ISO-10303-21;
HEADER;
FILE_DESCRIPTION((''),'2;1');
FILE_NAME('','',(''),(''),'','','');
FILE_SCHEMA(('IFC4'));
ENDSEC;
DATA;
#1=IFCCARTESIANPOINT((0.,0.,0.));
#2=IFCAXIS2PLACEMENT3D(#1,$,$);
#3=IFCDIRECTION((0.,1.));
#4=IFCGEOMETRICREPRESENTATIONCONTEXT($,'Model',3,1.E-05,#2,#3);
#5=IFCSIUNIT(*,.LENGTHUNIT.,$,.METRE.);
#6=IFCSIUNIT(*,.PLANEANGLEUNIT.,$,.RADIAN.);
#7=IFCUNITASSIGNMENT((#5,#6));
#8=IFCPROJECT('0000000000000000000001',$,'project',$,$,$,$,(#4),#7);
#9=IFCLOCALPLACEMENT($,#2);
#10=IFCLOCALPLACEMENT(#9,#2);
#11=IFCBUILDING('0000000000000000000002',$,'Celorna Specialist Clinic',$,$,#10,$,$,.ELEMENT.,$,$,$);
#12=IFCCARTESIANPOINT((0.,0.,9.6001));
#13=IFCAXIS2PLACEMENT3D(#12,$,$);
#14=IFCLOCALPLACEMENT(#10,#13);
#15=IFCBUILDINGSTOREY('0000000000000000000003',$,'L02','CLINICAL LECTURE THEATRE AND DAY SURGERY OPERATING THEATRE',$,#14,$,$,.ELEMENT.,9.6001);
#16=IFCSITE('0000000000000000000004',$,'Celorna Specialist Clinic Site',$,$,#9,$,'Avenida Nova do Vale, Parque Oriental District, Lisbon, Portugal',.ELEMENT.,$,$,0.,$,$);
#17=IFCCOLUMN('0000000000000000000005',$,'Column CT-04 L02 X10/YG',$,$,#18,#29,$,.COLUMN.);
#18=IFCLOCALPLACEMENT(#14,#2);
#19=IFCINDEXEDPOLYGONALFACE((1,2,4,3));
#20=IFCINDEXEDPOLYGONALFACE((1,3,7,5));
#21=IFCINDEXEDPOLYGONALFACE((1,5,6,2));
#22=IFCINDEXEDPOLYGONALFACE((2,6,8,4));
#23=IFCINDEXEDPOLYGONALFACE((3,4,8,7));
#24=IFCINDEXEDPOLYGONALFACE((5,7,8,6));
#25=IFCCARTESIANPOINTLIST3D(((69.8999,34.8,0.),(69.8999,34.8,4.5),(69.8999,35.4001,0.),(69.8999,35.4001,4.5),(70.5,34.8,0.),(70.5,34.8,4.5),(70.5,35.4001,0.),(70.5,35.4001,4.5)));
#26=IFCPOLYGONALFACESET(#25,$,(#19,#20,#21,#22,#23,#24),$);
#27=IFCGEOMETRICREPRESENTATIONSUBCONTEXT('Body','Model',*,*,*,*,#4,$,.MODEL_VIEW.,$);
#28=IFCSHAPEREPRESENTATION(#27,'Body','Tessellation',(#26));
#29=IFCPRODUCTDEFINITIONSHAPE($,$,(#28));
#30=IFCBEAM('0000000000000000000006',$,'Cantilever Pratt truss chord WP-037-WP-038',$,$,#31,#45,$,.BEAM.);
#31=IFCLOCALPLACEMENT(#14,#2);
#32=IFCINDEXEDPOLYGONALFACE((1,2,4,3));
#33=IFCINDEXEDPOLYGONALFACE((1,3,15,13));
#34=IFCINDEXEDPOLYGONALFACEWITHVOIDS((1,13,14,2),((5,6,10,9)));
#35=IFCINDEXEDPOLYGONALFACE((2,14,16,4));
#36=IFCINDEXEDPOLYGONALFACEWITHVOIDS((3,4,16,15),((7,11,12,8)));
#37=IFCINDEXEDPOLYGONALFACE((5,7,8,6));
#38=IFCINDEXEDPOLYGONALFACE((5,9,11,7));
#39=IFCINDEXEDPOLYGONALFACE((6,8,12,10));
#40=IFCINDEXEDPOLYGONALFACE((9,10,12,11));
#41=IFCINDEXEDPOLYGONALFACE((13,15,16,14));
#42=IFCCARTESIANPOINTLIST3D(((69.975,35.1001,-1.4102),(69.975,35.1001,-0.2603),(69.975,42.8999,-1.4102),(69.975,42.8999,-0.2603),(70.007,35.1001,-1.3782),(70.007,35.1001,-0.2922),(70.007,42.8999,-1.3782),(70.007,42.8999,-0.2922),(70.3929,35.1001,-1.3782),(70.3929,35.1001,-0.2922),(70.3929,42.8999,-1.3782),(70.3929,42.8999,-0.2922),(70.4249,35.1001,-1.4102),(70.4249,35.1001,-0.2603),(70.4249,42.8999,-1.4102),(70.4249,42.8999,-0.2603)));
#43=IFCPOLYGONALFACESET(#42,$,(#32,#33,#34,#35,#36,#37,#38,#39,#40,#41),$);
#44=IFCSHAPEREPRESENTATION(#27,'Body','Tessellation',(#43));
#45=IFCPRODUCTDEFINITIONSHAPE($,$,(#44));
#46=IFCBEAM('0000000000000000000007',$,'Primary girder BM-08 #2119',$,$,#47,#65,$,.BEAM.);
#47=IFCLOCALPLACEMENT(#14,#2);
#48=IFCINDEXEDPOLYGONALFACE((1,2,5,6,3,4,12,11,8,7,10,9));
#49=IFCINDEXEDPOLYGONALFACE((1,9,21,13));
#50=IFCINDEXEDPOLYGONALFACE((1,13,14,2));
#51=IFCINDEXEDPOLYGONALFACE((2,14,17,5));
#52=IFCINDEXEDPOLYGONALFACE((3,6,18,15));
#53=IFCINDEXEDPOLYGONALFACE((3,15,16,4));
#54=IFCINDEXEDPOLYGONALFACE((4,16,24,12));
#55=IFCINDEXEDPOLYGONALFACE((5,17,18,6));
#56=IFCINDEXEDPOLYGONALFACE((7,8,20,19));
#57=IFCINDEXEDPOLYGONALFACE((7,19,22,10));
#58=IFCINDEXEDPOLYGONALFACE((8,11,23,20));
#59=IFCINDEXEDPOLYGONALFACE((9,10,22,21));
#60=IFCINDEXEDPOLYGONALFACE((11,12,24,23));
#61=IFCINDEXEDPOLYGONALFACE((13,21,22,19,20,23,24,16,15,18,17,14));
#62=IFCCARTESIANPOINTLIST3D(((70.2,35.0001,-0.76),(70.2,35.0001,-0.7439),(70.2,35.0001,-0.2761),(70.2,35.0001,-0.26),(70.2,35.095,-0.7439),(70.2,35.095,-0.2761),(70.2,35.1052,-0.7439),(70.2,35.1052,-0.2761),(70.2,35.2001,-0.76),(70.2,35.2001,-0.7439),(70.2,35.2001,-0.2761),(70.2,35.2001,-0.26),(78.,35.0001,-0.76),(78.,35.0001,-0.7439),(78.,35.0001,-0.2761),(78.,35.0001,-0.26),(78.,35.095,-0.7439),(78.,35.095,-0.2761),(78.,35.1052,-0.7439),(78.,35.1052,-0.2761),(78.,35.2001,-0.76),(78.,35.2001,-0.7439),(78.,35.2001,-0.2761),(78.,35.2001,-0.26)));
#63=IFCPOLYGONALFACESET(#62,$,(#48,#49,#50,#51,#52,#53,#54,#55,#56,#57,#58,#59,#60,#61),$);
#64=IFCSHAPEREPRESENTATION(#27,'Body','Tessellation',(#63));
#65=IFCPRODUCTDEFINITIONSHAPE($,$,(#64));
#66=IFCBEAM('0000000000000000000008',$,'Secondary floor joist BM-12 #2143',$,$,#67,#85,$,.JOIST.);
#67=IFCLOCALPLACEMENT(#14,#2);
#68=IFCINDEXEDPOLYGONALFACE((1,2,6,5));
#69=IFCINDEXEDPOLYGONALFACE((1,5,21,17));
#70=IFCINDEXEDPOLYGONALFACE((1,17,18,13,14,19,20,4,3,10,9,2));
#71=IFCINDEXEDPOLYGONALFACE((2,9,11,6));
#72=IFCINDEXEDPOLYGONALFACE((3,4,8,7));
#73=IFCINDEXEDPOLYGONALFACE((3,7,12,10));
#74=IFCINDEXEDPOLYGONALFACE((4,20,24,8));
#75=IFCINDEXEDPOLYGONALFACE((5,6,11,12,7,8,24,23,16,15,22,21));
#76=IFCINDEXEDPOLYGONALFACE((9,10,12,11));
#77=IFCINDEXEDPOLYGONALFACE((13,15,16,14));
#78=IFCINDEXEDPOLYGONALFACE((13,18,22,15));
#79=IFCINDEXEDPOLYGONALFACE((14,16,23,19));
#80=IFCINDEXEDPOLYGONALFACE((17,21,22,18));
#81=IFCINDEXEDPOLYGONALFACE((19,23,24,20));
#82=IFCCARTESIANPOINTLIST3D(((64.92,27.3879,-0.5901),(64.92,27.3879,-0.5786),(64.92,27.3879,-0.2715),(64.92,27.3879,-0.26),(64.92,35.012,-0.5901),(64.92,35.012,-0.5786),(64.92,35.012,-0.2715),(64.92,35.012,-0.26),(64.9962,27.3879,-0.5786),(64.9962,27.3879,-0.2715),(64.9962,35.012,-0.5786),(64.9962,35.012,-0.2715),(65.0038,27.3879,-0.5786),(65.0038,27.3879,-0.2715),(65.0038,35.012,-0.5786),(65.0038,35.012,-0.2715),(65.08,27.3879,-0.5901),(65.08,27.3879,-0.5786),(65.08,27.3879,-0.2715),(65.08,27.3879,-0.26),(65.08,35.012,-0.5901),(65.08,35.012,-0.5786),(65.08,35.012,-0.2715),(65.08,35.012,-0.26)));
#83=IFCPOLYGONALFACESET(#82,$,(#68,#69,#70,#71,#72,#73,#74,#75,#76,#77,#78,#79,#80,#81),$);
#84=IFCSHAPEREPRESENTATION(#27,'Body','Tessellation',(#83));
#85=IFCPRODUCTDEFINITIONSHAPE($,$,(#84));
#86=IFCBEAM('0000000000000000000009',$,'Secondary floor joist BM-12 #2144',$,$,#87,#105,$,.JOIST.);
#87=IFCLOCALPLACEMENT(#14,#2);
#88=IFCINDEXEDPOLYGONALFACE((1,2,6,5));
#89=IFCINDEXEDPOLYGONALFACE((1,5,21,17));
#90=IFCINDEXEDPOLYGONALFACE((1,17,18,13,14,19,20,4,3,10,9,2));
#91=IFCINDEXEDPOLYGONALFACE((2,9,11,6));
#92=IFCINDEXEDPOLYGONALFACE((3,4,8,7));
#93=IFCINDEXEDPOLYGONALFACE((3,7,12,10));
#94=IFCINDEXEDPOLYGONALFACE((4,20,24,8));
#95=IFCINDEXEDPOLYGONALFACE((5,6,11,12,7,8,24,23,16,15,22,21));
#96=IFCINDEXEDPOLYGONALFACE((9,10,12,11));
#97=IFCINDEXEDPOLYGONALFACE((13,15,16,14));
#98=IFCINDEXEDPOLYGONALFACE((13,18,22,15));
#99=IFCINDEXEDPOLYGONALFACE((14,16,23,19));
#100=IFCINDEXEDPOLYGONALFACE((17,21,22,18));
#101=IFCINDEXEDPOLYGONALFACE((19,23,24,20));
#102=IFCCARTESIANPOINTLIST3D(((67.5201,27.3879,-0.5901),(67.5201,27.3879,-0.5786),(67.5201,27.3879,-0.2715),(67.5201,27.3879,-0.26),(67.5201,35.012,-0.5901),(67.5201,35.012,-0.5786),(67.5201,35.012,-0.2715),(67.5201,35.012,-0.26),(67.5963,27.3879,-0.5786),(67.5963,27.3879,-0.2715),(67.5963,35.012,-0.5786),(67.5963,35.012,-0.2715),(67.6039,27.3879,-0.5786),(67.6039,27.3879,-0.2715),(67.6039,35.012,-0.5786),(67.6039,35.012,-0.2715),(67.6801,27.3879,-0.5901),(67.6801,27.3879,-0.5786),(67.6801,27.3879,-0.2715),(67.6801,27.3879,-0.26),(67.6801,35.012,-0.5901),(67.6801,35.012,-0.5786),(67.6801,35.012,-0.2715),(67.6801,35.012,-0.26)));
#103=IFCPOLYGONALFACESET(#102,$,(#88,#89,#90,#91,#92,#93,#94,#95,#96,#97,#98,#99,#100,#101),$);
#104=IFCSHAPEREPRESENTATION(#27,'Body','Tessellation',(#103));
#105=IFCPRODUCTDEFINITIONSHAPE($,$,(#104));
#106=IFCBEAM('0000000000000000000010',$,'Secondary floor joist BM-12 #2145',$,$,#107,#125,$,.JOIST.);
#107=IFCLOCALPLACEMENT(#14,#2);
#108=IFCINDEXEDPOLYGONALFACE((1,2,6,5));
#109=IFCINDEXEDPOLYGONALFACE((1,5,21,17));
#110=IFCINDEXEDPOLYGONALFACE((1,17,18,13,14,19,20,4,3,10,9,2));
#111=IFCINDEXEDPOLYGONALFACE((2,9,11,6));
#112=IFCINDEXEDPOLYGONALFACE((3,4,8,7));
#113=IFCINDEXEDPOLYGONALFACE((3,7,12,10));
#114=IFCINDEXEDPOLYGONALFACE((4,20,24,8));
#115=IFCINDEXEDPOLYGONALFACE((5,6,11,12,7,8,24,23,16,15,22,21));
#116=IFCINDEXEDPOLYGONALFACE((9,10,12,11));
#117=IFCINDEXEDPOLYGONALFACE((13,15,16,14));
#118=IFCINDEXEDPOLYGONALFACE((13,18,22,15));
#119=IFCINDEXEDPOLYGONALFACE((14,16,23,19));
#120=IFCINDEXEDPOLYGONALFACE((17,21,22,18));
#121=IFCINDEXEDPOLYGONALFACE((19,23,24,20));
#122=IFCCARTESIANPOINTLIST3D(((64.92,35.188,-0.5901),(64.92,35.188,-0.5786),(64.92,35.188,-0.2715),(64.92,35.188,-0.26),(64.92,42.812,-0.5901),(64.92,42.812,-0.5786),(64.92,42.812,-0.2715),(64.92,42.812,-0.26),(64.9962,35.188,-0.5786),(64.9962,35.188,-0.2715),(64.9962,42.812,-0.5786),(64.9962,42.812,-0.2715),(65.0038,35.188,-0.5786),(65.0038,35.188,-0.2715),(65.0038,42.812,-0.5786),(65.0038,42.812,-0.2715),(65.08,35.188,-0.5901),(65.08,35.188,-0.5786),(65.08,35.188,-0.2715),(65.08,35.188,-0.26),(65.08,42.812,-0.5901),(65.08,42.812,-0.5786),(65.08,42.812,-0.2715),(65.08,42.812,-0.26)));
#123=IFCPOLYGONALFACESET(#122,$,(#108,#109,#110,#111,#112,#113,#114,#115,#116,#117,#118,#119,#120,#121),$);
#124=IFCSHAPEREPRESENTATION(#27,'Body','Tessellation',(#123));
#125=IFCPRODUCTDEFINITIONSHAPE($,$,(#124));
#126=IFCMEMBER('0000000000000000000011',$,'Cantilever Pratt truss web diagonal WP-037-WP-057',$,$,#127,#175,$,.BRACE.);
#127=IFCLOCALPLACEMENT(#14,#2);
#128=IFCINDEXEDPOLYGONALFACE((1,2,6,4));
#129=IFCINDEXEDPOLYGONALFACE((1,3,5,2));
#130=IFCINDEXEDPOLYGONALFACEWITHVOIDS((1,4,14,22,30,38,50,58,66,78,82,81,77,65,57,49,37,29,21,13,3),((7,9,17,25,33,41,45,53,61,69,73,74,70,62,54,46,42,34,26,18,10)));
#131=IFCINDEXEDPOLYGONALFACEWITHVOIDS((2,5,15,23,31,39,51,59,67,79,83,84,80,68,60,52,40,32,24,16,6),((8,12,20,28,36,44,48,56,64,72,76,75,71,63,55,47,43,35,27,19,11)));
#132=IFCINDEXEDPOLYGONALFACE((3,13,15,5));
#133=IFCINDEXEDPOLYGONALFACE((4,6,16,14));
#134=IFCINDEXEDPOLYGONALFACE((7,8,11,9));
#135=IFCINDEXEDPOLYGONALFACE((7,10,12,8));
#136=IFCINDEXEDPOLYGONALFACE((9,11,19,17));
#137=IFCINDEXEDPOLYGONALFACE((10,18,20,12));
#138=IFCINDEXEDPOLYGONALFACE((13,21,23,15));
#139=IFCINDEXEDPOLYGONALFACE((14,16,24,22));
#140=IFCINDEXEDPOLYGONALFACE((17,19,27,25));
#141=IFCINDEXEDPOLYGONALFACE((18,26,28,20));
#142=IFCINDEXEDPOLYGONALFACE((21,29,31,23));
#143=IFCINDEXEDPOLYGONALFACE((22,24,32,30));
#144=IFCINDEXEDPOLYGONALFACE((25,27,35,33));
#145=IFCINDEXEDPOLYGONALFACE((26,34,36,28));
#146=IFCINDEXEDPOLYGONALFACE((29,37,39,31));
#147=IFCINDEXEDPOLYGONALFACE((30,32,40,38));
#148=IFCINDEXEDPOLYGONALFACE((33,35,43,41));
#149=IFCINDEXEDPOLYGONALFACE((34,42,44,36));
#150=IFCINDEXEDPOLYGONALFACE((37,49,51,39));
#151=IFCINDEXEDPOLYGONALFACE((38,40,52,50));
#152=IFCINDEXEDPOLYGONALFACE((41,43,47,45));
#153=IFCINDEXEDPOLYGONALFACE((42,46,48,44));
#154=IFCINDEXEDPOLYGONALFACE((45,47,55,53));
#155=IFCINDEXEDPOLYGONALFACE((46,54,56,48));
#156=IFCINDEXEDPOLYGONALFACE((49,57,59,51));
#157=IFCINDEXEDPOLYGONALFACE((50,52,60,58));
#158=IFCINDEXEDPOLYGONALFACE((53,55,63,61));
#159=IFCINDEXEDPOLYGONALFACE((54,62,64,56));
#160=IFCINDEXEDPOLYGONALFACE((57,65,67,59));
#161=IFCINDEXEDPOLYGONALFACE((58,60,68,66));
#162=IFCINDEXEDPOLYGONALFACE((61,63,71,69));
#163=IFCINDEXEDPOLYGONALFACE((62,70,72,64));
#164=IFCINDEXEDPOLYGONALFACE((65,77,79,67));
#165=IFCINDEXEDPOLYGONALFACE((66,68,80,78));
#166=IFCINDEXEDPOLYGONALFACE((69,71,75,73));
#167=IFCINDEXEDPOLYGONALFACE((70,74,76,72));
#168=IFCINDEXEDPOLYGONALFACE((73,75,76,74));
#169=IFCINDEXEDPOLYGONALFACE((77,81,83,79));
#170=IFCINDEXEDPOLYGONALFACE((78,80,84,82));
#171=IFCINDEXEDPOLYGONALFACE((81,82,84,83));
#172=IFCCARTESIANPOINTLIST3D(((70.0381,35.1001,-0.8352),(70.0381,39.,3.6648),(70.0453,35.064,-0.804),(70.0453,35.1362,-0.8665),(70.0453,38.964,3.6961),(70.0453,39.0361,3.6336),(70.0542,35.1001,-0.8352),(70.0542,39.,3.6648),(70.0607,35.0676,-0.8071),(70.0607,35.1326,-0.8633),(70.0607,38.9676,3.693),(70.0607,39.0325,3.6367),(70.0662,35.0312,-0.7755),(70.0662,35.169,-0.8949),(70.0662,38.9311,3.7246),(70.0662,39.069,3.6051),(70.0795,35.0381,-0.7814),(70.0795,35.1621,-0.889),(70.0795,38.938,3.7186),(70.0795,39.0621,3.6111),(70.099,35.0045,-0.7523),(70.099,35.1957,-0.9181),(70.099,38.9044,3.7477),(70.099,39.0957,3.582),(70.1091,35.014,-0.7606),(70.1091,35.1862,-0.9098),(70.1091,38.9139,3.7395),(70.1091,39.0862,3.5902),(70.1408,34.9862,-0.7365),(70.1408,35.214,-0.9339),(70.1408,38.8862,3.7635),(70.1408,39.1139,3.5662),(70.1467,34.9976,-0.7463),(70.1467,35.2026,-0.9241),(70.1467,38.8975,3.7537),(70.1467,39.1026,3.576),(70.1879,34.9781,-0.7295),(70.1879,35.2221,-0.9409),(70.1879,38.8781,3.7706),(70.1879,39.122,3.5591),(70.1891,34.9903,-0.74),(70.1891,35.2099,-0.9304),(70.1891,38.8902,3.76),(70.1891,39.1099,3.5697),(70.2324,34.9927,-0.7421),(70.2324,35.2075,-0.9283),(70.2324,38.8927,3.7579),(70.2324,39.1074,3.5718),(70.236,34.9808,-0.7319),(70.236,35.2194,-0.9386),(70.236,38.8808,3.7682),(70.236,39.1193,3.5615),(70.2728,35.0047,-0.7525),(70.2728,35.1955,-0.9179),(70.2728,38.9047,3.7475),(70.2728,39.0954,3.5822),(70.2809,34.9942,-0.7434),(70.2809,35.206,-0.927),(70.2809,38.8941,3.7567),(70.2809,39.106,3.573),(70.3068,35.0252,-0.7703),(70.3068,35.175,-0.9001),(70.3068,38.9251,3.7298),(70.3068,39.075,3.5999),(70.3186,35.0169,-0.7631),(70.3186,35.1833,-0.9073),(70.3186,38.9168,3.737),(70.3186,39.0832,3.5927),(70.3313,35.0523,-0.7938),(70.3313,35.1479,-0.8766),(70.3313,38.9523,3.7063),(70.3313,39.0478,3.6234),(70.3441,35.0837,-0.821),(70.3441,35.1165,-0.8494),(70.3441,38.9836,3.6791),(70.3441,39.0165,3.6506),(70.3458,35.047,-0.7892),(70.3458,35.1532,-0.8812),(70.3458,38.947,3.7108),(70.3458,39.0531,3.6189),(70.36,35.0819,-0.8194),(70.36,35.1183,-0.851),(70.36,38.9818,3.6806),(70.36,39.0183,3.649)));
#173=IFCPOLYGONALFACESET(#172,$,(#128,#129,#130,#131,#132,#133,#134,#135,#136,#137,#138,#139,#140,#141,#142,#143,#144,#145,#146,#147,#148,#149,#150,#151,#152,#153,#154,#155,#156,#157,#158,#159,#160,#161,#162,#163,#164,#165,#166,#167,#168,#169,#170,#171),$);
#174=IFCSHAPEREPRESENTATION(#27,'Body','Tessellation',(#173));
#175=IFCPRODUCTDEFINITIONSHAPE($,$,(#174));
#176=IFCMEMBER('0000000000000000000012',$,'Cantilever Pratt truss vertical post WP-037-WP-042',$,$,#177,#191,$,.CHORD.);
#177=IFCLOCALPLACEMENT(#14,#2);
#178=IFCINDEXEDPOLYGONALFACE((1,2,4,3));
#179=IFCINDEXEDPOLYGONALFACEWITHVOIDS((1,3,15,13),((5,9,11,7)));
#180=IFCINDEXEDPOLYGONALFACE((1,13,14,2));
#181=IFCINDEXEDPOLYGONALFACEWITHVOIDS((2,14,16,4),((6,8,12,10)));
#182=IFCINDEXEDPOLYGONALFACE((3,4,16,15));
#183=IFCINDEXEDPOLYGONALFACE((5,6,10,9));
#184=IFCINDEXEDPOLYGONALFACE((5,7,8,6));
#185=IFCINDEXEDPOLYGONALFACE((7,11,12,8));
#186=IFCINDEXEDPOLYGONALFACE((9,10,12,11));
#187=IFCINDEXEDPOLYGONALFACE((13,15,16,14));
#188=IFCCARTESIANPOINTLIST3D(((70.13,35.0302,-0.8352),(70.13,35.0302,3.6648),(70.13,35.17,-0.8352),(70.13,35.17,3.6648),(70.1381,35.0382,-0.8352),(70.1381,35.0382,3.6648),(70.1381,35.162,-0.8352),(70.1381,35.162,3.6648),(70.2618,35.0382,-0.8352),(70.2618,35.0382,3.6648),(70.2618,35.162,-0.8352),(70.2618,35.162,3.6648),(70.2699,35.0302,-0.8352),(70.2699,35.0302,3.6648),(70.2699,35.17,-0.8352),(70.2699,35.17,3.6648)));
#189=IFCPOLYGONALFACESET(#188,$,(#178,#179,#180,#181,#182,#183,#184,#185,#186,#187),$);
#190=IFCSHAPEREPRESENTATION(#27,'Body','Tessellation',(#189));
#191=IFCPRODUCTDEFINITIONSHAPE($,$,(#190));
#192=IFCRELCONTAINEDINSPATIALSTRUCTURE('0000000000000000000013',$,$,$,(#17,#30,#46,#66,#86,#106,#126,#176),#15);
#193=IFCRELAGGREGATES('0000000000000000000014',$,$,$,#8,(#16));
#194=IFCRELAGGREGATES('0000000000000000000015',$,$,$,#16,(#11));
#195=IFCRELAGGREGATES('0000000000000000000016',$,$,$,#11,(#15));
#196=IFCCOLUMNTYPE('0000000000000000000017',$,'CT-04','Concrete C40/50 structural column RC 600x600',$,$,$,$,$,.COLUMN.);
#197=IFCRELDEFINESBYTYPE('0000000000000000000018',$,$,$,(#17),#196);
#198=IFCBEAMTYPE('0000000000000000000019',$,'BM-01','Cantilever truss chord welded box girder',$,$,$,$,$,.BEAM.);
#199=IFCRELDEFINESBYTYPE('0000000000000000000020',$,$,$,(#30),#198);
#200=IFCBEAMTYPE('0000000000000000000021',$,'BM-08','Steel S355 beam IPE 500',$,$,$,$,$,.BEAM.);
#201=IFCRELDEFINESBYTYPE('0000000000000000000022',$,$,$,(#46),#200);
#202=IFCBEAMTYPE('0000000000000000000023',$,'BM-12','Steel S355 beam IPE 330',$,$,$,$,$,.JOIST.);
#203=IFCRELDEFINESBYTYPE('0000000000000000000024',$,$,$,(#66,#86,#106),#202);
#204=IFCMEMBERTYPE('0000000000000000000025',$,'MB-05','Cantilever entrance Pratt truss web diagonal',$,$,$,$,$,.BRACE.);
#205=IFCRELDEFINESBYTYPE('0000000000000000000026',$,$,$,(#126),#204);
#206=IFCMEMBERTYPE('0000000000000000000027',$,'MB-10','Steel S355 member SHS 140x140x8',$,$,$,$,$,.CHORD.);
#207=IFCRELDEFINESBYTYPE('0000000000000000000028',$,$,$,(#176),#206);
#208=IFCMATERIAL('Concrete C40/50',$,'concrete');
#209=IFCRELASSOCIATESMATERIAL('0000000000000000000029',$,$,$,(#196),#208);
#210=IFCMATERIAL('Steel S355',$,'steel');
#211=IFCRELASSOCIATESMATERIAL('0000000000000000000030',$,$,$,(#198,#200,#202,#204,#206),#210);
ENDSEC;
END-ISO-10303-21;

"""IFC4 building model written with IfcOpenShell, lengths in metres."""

from ifc_helpers import new_model, si_unit, direction, frame, origin, origin_2d, place, context, subcontext, project, spatial, rectangle, hollow_rectangle, hollow_circle, i_section, extrude, material, material_profile, profile_set, type_object, element, save


model = new_model("IFC4")

# Units and contexts
model_context = context("Model", 3, precision=1e-05, world=origin(), true_north=direction((0.0, 1.0)))
body_context = subcontext(model_context, "Body", "Model", "MODEL_VIEW")
ifc_project = project(units=[si_unit("LENGTHUNIT", "METRE"), si_unit("PLANEANGLEUNIT", "RADIAN")], contexts=[model_context])

# Site, building, storey
site_placement = place(None, origin())
site = spatial("IfcSite", under=ifc_project, at=site_placement, Name="Celorna Specialist Clinic Site", LongName="Avenida Nova do Vale, Parque Oriental District, Lisbon, Portugal", CompositionType="ELEMENT", RefElevation=0.0)
building_placement = place(site_placement, origin())
building = spatial("IfcBuilding", under=site, at=building_placement, Name="Celorna Specialist Clinic", CompositionType="ELEMENT")
storey_placement = place(building_placement, frame((0.0, 0.0, 9.6001)))
storey = spatial("IfcBuildingStorey", under=building, at=storey_placement, Name="L02", Description="CLINICAL LECTURE THEATRE AND DAY SURGERY OPERATING THEATRE", CompositionType="ELEMENT", Elevation=9.6001)

# Column
ifc_material_1 = material(Name="Concrete C40/50", Category="concrete")
ifc_material_profile_1 = material_profile(ifc_material_1, rectangle(XDim=0.6001, YDim=0.6001, at=origin_2d()), Name="RC 600x600")
ifc_profile_set_1 = profile_set([ifc_material_profile_1], Name="Concrete C40/50")
column_type = type_object("IfcColumnType", Name="CT-04", Description="Concrete C40/50 structural column RC 600x600", PredefinedType="COLUMN", material=ifc_profile_set_1)
column_placement = place(storey_placement, frame((70.2, 35.1001, 0.0), z_axis=(0.0, 0.0, 1.0), x_axis=(1.0, 0.0, 0.0)))
element("IfcColumn", 1, at=column_placement, inside=storey, type_object=column_type, Name="Column CT-04 L02 X10/YG", PredefinedType="COLUMN", context=body_context, shape_type="SweptSolid", body=[
    extrude(rectangle(XDim=0.6001, YDim=0.6001, at=origin_2d()), origin(), (0.0, 0.0, 1.0), 4.5),
])

# Beams
ifc_material_2 = material(Name="Steel S355", Category="steel")
ifc_material_profile_2 = material_profile(ifc_material_2, hollow_rectangle(XDim=0.45, YDim=1.1499, WallThickness=0.032, at=origin_2d()), Name="BOX 450x1150x32")
ifc_profile_set_2 = profile_set([ifc_material_profile_2], Name="Steel S355")
beam_type_1 = type_object("IfcBeamType", Name="BM-01", Description="Cantilever truss chord welded box girder", PredefinedType="BEAM", material=ifc_profile_set_2)
beam_1_placement = place(storey_placement, frame((70.2, 35.1001, -0.8352), z_axis=(0.0, 1.0, 0.0), x_axis=(-1.0, 0.0, 0.0)))
element("IfcBeam", 2, at=beam_1_placement, inside=storey, type_object=beam_type_1, Name="Cantilever Pratt truss chord WP-037-WP-038", PredefinedType="BEAM", context=body_context, shape_type="SweptSolid", body=[
    extrude(hollow_rectangle(XDim=0.45, YDim=1.1499, WallThickness=0.032, at=origin_2d()), origin(), (0.0, 0.0, 1.0), 7.7998),
])
ifc_material_profile_3 = material_profile(ifc_material_2, i_section(OverallWidth=0.2, OverallDepth=0.5, WebThickness=0.0103, FlangeThickness=0.0161, at=origin_2d()), Name="IPE 500")
ifc_profile_set_3 = profile_set([ifc_material_profile_3], Name="Steel S355")
beam_type_2 = type_object("IfcBeamType", Name="BM-08", Description="Steel S355 beam IPE 500", PredefinedType="BEAM", material=ifc_profile_set_3)
beam_2_placement = place(storey_placement, frame((70.2, 35.1001, -0.51), z_axis=(1.0, 0.0, 0.0), x_axis=(0.0, 1.0, 0.0)))
element("IfcBeam", 3, at=beam_2_placement, inside=storey, type_object=beam_type_2, Name="Primary girder BM-08 #2119", PredefinedType="BEAM", context=body_context, shape_type="SweptSolid", body=[
    extrude(i_section(OverallWidth=0.2, OverallDepth=0.5, WebThickness=0.0103, FlangeThickness=0.0161, at=origin_2d()), origin(), (0.0, 0.0, 1.0), 7.8),
])
ifc_material_profile_4 = material_profile(ifc_material_2, i_section(OverallWidth=0.1599, OverallDepth=0.3301, WebThickness=0.0076, FlangeThickness=0.0115, at=origin_2d()), Name="IPE 330")
ifc_profile_set_4 = profile_set([ifc_material_profile_4], Name="Steel S355")
beam_type_3 = type_object("IfcBeamType", Name="BM-12", Description="Steel S355 beam IPE 330", PredefinedType="JOIST", material=ifc_profile_set_4)
for number, where, z_axis, x_axis, name in (
    (4, (65.0, 27.3879, -0.425), (0.0, 1.0, 0.0), (-1.0, 0.0, 0.0), "Secondary floor joist BM-12 #2143"),
    (5, (67.6001, 27.3879, -0.425), (0.0, 1.0, 0.0), (-1.0, 0.0, 0.0), "Secondary floor joist BM-12 #2144"),
    (6, (65.0, 35.188, -0.425), (0.0, 1.0, 0.0), (-1.0, 0.0, 0.0), "Secondary floor joist BM-12 #2145"),
):
    element("IfcBeam", number, at=place(storey_placement, frame(where, z_axis=z_axis, x_axis=x_axis)), inside=storey, type_object=beam_type_3, Name=name, PredefinedType="JOIST", context=body_context, shape_type="SweptSolid", body=[
        extrude(i_section(OverallWidth=0.1599, OverallDepth=0.3301, WebThickness=0.0076, FlangeThickness=0.0115, at=origin_2d()), origin(), (0.0, 0.0, 1.0), 7.624),
    ])

# Members
ifc_material_profile_5 = material_profile(ifc_material_2, hollow_circle(Radius=0.1619, WallThickness=0.0161, at=origin_2d()), Name="CHS 323.9x16")
ifc_profile_set_5 = profile_set([ifc_material_profile_5], Name="Steel S355")
member_type_1 = type_object("IfcMemberType", Name="MB-05", Description="Cantilever entrance Pratt truss web diagonal", PredefinedType="BRACE", material=ifc_profile_set_5)
member_1_placement = place(storey_placement, frame((70.2, 35.1001, -0.8352), z_axis=(0.0, 0.654921, 0.755697), x_axis=(-1.0, 0.0, 0.0)))
element("IfcMember", 7, at=member_1_placement, inside=storey, type_object=member_type_1, Name="Cantilever Pratt truss web diagonal WP-037-WP-057", PredefinedType="BRACE", context=body_context, shape_type="SweptSolid", body=[
    extrude(hollow_circle(Radius=0.1619, WallThickness=0.0161, at=origin_2d()), origin(), (0.0, 0.0, 1.0), 5.9548),
])
ifc_material_profile_6 = material_profile(ifc_material_2, hollow_rectangle(XDim=0.1399, YDim=0.1399, WallThickness=0.0081, at=origin_2d()), Name="SHS 140x140x8")
ifc_profile_set_6 = profile_set([ifc_material_profile_6], Name="Steel S355")
member_type_2 = type_object("IfcMemberType", Name="MB-10", Description="Steel S355 member SHS 140x140x8", PredefinedType="CHORD", material=ifc_profile_set_6)
member_2_placement = place(storey_placement, frame((70.2, 35.1001, -0.8352), z_axis=(0.0, 0.0, 1.0), x_axis=(1.0, 0.0, 0.0)))
element("IfcMember", 8, at=member_2_placement, inside=storey, type_object=member_type_2, Name="Cantilever Pratt truss vertical post WP-037-WP-042", PredefinedType="CHORD", context=body_context, shape_type="SweptSolid", body=[
    extrude(hollow_rectangle(XDim=0.1399, YDim=0.1399, WallThickness=0.0081, at=origin_2d()), origin(), (0.0, 0.0, 1.0), 4.5),
])

save(model, "model.ifc")
